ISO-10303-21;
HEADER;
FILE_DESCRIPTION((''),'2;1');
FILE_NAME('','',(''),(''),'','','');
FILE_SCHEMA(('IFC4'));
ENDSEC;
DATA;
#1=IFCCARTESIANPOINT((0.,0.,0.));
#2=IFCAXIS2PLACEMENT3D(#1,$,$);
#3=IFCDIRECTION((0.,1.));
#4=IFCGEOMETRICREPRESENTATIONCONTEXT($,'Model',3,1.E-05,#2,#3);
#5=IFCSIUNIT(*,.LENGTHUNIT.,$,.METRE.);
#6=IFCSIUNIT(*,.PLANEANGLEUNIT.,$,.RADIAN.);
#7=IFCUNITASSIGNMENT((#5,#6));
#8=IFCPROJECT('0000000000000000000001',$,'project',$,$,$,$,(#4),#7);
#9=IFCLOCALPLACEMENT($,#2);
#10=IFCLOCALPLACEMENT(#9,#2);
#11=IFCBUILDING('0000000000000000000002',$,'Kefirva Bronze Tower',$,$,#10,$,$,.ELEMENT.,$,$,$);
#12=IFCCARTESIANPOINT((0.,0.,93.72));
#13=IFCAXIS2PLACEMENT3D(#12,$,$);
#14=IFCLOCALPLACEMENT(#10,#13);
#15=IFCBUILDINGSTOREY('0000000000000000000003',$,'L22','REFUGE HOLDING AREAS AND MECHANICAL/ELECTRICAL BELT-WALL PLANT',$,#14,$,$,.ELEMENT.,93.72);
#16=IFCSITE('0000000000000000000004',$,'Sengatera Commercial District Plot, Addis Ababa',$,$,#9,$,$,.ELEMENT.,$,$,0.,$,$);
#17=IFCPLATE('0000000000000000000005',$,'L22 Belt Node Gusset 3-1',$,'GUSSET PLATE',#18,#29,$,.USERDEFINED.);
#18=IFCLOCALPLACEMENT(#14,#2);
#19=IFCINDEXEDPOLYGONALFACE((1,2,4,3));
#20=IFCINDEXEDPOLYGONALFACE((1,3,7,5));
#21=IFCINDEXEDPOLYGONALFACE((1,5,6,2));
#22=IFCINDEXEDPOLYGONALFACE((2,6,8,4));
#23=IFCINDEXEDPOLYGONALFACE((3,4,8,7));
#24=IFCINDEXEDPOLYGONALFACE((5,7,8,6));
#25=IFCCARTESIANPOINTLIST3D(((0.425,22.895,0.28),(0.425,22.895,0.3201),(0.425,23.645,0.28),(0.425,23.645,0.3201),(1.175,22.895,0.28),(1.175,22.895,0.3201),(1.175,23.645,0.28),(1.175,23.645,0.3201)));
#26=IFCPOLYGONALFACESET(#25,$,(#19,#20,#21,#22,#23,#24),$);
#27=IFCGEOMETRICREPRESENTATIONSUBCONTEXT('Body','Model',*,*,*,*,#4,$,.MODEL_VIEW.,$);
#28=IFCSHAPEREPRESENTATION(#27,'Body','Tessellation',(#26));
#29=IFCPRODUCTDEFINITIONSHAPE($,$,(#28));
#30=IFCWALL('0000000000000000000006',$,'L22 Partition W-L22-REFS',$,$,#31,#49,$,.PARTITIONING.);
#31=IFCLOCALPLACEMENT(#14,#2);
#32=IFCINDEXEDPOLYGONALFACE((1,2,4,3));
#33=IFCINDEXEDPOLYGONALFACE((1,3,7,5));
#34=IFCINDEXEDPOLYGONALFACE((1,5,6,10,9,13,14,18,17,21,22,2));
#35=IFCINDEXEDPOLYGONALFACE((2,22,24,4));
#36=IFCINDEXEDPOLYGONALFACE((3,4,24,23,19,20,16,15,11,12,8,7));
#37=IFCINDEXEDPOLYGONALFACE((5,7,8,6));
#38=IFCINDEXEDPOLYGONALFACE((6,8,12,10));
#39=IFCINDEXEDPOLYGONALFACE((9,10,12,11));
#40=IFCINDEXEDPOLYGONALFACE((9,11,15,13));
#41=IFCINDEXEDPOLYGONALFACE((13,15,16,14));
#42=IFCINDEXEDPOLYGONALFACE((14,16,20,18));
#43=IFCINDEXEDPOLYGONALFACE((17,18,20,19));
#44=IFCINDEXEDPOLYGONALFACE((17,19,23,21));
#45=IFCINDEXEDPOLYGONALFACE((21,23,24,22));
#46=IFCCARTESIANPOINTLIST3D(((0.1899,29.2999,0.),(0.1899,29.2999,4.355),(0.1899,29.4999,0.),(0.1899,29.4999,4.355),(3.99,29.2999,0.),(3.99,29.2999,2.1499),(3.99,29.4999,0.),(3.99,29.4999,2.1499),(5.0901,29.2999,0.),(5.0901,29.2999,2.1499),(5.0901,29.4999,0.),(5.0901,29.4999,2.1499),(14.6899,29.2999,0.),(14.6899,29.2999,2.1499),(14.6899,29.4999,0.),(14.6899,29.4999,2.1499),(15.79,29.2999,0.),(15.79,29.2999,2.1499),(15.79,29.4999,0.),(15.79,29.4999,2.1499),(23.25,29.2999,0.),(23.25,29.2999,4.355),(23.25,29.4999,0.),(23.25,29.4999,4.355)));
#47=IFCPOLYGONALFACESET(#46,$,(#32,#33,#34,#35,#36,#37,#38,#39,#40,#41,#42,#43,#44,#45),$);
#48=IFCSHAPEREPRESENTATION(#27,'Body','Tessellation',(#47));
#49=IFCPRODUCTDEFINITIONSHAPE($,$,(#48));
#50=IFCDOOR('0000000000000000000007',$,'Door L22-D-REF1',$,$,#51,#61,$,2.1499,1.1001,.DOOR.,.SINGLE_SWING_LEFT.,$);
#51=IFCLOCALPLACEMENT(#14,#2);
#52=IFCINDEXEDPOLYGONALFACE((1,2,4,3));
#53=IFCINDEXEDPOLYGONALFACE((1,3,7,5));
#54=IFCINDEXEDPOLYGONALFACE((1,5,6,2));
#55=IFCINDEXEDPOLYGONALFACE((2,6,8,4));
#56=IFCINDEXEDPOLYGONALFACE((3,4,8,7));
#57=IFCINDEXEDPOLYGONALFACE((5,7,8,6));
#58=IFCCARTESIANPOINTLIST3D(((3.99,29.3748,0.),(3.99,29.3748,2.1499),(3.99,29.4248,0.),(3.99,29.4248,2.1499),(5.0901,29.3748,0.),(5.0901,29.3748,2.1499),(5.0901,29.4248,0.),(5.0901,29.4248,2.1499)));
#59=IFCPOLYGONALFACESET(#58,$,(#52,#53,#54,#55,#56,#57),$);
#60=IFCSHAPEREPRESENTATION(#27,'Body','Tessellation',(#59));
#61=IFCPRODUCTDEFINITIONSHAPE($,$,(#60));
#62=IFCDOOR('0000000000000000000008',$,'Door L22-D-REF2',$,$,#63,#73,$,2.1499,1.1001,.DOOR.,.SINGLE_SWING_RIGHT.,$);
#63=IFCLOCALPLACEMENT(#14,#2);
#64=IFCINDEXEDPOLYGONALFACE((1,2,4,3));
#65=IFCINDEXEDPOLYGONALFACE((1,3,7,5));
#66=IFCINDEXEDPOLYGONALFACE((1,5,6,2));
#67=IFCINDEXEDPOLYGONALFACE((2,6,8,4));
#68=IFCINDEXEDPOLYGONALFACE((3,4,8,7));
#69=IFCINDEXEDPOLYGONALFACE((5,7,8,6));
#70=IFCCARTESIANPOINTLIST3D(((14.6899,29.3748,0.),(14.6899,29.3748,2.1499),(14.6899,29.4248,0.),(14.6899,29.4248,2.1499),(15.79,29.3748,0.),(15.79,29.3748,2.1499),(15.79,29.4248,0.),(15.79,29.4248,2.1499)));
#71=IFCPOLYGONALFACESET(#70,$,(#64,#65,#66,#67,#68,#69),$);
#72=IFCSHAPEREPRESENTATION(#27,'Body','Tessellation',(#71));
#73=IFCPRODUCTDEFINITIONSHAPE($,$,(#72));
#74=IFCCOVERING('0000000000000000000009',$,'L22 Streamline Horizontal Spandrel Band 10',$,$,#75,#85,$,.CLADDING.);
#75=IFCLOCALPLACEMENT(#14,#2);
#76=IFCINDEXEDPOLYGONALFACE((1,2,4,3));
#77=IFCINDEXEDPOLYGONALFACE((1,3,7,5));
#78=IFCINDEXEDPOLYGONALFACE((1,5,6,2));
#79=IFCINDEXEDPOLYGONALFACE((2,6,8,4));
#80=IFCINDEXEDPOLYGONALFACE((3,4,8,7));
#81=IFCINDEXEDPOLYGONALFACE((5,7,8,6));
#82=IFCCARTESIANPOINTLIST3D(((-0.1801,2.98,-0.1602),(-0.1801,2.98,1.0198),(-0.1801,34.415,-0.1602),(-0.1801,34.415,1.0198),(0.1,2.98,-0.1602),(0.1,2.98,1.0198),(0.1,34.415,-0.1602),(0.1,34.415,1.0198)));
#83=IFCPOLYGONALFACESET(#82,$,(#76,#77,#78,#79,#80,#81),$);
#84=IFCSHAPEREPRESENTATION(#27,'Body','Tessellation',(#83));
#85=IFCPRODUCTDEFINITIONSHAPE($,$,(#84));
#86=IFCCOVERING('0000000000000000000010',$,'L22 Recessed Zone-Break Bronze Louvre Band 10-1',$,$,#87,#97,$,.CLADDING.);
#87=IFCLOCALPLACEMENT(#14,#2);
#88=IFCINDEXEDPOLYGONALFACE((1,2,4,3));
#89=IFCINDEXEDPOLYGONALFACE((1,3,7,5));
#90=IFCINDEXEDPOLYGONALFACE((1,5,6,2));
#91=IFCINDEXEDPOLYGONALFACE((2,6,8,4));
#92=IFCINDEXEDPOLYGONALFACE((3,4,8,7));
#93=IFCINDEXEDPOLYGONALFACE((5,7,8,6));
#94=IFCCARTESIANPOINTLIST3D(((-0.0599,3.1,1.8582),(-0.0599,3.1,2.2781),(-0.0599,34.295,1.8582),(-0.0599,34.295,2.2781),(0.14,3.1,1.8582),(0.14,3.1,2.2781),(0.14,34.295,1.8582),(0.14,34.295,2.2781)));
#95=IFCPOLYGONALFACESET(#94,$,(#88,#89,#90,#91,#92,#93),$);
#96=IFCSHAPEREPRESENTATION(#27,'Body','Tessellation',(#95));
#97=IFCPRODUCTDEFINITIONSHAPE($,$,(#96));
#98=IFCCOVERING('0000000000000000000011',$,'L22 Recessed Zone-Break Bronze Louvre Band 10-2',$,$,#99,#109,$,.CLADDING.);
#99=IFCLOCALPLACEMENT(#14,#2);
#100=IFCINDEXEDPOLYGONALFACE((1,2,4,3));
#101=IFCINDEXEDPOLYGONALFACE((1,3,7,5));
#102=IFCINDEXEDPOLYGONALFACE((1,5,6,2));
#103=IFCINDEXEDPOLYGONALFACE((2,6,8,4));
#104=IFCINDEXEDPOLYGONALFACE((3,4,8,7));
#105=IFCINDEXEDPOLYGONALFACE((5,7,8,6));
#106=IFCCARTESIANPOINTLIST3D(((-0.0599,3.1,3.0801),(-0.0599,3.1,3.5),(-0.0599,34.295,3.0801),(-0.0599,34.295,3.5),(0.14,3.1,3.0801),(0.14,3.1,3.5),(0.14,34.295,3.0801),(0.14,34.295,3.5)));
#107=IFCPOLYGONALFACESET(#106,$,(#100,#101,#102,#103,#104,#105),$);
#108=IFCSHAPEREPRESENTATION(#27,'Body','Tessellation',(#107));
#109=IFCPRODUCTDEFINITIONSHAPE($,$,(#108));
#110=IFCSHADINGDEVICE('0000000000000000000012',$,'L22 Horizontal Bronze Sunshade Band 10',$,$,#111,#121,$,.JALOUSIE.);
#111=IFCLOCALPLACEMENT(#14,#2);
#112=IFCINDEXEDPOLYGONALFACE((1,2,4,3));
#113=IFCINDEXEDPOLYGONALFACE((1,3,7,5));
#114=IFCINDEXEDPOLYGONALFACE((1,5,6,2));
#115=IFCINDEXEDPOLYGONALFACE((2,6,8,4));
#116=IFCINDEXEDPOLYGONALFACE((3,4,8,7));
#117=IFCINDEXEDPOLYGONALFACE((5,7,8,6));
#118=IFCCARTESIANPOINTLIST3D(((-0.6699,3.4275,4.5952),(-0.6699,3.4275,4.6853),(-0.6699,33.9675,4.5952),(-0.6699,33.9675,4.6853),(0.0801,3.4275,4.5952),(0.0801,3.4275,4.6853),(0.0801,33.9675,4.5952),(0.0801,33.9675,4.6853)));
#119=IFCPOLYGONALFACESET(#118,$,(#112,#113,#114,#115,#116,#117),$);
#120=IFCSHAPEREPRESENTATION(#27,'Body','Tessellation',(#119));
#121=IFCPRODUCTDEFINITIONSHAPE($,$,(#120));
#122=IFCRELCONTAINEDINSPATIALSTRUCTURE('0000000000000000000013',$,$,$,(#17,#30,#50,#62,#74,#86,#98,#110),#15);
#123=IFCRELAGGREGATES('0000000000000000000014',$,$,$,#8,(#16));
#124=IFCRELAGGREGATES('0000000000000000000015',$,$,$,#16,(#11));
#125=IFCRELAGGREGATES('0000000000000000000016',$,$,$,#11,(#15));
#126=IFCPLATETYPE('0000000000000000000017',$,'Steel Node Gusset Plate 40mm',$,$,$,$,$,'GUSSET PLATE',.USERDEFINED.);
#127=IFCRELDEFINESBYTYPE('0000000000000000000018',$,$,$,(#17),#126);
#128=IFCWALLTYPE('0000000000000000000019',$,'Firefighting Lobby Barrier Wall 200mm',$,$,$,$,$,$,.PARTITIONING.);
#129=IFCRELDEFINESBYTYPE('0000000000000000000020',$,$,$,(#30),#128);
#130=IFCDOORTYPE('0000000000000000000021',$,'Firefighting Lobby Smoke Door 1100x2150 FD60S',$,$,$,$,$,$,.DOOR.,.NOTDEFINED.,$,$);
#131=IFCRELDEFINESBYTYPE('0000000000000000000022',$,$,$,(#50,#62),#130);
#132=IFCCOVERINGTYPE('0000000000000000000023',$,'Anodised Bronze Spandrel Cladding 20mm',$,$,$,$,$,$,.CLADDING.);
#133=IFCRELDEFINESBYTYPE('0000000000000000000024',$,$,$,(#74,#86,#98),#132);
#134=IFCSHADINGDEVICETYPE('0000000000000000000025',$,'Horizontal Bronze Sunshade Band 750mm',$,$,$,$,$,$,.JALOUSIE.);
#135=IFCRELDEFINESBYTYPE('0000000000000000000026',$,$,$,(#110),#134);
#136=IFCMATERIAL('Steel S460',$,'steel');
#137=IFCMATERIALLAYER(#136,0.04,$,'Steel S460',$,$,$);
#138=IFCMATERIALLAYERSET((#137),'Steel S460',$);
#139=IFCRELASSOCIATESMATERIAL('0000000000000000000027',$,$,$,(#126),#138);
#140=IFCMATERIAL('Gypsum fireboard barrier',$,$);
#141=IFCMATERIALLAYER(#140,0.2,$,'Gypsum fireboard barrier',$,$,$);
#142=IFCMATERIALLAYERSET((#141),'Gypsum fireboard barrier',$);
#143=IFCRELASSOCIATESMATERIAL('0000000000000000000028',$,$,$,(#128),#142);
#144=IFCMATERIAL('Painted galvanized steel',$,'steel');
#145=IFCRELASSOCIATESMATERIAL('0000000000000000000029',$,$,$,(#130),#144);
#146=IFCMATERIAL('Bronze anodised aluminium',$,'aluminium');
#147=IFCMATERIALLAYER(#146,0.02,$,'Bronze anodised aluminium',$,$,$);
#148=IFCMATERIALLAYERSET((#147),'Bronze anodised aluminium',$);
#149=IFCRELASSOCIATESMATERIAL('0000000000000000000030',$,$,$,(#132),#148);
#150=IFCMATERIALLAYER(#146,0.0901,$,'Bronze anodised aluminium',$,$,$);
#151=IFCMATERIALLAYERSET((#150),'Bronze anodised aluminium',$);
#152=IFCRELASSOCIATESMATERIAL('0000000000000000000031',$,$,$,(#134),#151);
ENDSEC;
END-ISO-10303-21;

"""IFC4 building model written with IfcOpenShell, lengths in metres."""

from ifc_helpers import new_model, si_unit, direction, frame, frame_2d, origin, origin_2d, place, context, subcontext, project, spatial, rectangle, extrude, material, layer, layer_set, type_object, element, fill, save


model = new_model("IFC4")

# Units and contexts
model_context = context("Model", 3, precision=1e-05, world=origin(), true_north=direction((0.0, 1.0)))
body_context = subcontext(model_context, "Body", "Model", "MODEL_VIEW")
ifc_project = project(units=[si_unit("LENGTHUNIT", "METRE"), si_unit("PLANEANGLEUNIT", "RADIAN")], contexts=[model_context])

# Site, building, storey
site_placement = place(None, origin())
site = spatial("IfcSite", under=ifc_project, at=site_placement, Name="Sengatera Commercial District Plot, Addis Ababa", CompositionType="ELEMENT", RefElevation=0.0)
building_placement = place(site_placement, origin())
building = spatial("IfcBuilding", under=site, at=building_placement, Name="Kefirva Bronze Tower", CompositionType="ELEMENT")
storey_placement = place(building_placement, frame((0.0, 0.0, 93.72)))
storey = spatial("IfcBuildingStorey", under=building, at=storey_placement, Name="L22", Description="REFUGE HOLDING AREAS AND MECHANICAL/ELECTRICAL BELT-WALL PLANT", CompositionType="ELEMENT", Elevation=93.72)

# Shared definitions
ifc_material_1 = material(Name="Bronze anodised aluminium", Category="aluminium")

# Shared definitions
ifc_material_2 = material(Name="Steel S460", Category="steel")

# Plate
ifc_layer_1 = layer(ifc_material_2, 0.04, Name="Steel S460")
ifc_layer_set_1 = layer_set([ifc_layer_1], Name="Steel S460")
plate_type_1 = type_object("IfcPlateType", Name="Steel Node Gusset Plate 40mm", ElementType="GUSSET PLATE", PredefinedType="USERDEFINED", material=ifc_layer_set_1)
for number, where, z_axis, x_axis, name in (
    (1, (0.8, 23.27, 0.28), (0.0, 0.0, 1.0), (1.0, 0.0, 0.0), "L22 Belt Node Gusset 3-1"),
):
    element("IfcPlate", number, at=place(storey_placement, frame(where, z_axis=z_axis, x_axis=x_axis)), inside=storey, type_object=plate_type_1, Name=name, ObjectType="GUSSET PLATE", PredefinedType="USERDEFINED", context=body_context, shape_type="SweptSolid", body=[
        extrude(rectangle(XDim=0.75, YDim=0.75, at=origin_2d()), origin(), (0.0, 0.0, 1.0), 0.04),
    ])

# Wall, openings, doors
ifc_material_3 = material(Name="Gypsum fireboard barrier")
ifc_layer_2 = layer(ifc_material_3, 0.2, Name="Gypsum fireboard barrier")
ifc_layer_set_2 = layer_set([ifc_layer_2], Name="Gypsum fireboard barrier")
wall_type = type_object("IfcWallType", Name="Firefighting Lobby Barrier Wall 200mm", PredefinedType="PARTITIONING", material=ifc_layer_set_2)
wall_placement = place(storey_placement, frame((0.1899, 29.3999, 0.0), z_axis=(0.0, 0.0, 1.0), x_axis=(1.0, 0.0, 0.0)))
wall = element("IfcWall", 2, at=wall_placement, inside=storey, type_object=wall_type, Name="L22 Partition W-L22-REFS", PredefinedType="PARTITIONING", context=body_context, shape_type="SweptSolid", body=[
    extrude(rectangle(XDim=23.0601, YDim=0.2, at=frame_2d((11.53, 0.0))), origin(), (0.0, 0.0, 1.0), 4.355),
])
opening_1_placement = place(wall_placement, frame((3.8, 0.0, 0.0)))
opening_1 = element("IfcOpeningElement", 3, at=opening_1_placement, cuts=wall, PredefinedType="OPENING", context=body_context, shape_type="SweptSolid", body=[
    extrude(rectangle(XDim=1.1001, YDim=2.1499, at=frame_2d((0.55, 1.075))), frame((0.0, 0.1099, 0.0), z_axis=(0.0, -1.0, 0.0), x_axis=(1.0, 0.0, 0.0)), (0.0, 0.0, 1.0), 0.22),
])
opening_2_placement = place(wall_placement, frame((14.5, 0.0, 0.0)))
opening_2 = element("IfcOpeningElement", 4, at=opening_2_placement, cuts=wall, PredefinedType="OPENING", context=body_context, shape_type="SweptSolid", body=[
    extrude(rectangle(XDim=1.1001, YDim=2.1499, at=frame_2d((0.55, 1.075))), frame((0.0, 0.1099, 0.0), z_axis=(0.0, -1.0, 0.0), x_axis=(1.0, 0.0, 0.0)), (0.0, 0.0, 1.0), 0.22),
])
ifc_material_4 = material(Name="Painted galvanized steel", Category="steel")
door_type = type_object("IfcDoorType", Name="Firefighting Lobby Smoke Door 1100x2150 FD60S", OperationType="NOTDEFINED", PredefinedType="DOOR", material=ifc_material_4)
door_1_placement = place(opening_1_placement, origin())
door_1 = element("IfcDoor", 5, at=door_1_placement, inside=storey, type_object=door_type, Name="Door L22-D-REF1", OperationType="SINGLE_SWING_LEFT", OverallHeight=2.1499, OverallWidth=1.1001, PredefinedType="DOOR", context=body_context, shape_type="SweptSolid", body=[
    extrude(rectangle(XDim=1.1001, YDim=2.1499, at=frame_2d((0.55, 1.075))), frame((0.0, 0.0249, 0.0), z_axis=(0.0, -1.0, 0.0), x_axis=(1.0, 0.0, 0.0)), (0.0, 0.0, 1.0), 0.05),
])
fill(opening_1, door_1)
door_2_placement = place(opening_2_placement, origin())
door_2 = element("IfcDoor", 6, at=door_2_placement, inside=storey, type_object=door_type, Name="Door L22-D-REF2", OperationType="SINGLE_SWING_RIGHT", OverallHeight=2.1499, OverallWidth=1.1001, PredefinedType="DOOR", context=body_context, shape_type="SweptSolid", body=[
    extrude(rectangle(XDim=1.1001, YDim=2.1499, at=frame_2d((0.55, 1.075))), frame((0.0, 0.0249, 0.0), z_axis=(0.0, -1.0, 0.0), x_axis=(1.0, 0.0, 0.0)), (0.0, 0.0, 1.0), 0.05),
])
fill(opening_2, door_2)

# Coverings
ifc_layer_3 = layer(ifc_material_1, 0.02, Name="Bronze anodised aluminium")
ifc_layer_set_3 = layer_set([ifc_layer_3], Name="Bronze anodised aluminium")
covering_type_1 = type_object("IfcCoveringType", Name="Anodised Bronze Spandrel Cladding 20mm", PredefinedType="CLADDING", material=ifc_layer_set_3)
covering_1_placement = place(storey_placement, frame((-0.04, 18.6975, -0.1602), z_axis=(0.0, 0.0, 1.0), x_axis=(0.0, -1.0, 0.0)))
element("IfcCovering", 7, at=covering_1_placement, inside=storey, type_object=covering_type_1, Name="L22 Streamline Horizontal Spandrel Band 10", PredefinedType="CLADDING", context=body_context, shape_type="SweptSolid", body=[
    extrude(rectangle(XDim=31.4351, YDim=0.28, at=origin_2d()), origin(), (0.0, 0.0, 1.0), 1.1799),
])
for number, where, z_axis, x_axis, name in (
    (8, (0.04, 18.6975, 1.8582), (0.0, 0.0, 1.0), (0.0, -1.0, 0.0), "L22 Recessed Zone-Break Bronze Louvre Band 10-1"),
    (9, (0.04, 18.6975, 3.0801), (0.0, 0.0, 1.0), (0.0, -1.0, 0.0), "L22 Recessed Zone-Break Bronze Louvre Band 10-2"),
):
    element("IfcCovering", number, at=place(storey_placement, frame(where, z_axis=z_axis, x_axis=x_axis)), inside=storey, type_object=covering_type_1, Name=name, PredefinedType="CLADDING", context=body_context, shape_type="SweptSolid", body=[
        extrude(rectangle(XDim=31.1951, YDim=0.2, at=origin_2d()), origin(), (0.0, 0.0, 1.0), 0.4199),
    ])

# Shading device
ifc_layer_4 = layer(ifc_material_1, 0.0901, Name="Bronze anodised aluminium")
ifc_layer_set_4 = layer_set([ifc_layer_4], Name="Bronze anodised aluminium")
shading_device_type_1 = type_object("IfcShadingDeviceType", Name="Horizontal Bronze Sunshade Band 750mm", PredefinedType="JALOUSIE", material=ifc_layer_set_4)
shading_device_1_placement = place(storey_placement, frame((-0.2949, 18.6975, 4.5952), z_axis=(0.0, 0.0, 1.0), x_axis=(0.0, -1.0, 0.0)))
element("IfcShadingDevice", 10, at=shading_device_1_placement, inside=storey, type_object=shading_device_type_1, Name="L22 Horizontal Bronze Sunshade Band 10", PredefinedType="JALOUSIE", context=body_context, shape_type="SweptSolid", body=[
    extrude(rectangle(XDim=30.54, YDim=0.75, at=origin_2d()), origin(), (0.0, 0.0, 1.0), 0.0901),
])

save(model, "model.ifc")
